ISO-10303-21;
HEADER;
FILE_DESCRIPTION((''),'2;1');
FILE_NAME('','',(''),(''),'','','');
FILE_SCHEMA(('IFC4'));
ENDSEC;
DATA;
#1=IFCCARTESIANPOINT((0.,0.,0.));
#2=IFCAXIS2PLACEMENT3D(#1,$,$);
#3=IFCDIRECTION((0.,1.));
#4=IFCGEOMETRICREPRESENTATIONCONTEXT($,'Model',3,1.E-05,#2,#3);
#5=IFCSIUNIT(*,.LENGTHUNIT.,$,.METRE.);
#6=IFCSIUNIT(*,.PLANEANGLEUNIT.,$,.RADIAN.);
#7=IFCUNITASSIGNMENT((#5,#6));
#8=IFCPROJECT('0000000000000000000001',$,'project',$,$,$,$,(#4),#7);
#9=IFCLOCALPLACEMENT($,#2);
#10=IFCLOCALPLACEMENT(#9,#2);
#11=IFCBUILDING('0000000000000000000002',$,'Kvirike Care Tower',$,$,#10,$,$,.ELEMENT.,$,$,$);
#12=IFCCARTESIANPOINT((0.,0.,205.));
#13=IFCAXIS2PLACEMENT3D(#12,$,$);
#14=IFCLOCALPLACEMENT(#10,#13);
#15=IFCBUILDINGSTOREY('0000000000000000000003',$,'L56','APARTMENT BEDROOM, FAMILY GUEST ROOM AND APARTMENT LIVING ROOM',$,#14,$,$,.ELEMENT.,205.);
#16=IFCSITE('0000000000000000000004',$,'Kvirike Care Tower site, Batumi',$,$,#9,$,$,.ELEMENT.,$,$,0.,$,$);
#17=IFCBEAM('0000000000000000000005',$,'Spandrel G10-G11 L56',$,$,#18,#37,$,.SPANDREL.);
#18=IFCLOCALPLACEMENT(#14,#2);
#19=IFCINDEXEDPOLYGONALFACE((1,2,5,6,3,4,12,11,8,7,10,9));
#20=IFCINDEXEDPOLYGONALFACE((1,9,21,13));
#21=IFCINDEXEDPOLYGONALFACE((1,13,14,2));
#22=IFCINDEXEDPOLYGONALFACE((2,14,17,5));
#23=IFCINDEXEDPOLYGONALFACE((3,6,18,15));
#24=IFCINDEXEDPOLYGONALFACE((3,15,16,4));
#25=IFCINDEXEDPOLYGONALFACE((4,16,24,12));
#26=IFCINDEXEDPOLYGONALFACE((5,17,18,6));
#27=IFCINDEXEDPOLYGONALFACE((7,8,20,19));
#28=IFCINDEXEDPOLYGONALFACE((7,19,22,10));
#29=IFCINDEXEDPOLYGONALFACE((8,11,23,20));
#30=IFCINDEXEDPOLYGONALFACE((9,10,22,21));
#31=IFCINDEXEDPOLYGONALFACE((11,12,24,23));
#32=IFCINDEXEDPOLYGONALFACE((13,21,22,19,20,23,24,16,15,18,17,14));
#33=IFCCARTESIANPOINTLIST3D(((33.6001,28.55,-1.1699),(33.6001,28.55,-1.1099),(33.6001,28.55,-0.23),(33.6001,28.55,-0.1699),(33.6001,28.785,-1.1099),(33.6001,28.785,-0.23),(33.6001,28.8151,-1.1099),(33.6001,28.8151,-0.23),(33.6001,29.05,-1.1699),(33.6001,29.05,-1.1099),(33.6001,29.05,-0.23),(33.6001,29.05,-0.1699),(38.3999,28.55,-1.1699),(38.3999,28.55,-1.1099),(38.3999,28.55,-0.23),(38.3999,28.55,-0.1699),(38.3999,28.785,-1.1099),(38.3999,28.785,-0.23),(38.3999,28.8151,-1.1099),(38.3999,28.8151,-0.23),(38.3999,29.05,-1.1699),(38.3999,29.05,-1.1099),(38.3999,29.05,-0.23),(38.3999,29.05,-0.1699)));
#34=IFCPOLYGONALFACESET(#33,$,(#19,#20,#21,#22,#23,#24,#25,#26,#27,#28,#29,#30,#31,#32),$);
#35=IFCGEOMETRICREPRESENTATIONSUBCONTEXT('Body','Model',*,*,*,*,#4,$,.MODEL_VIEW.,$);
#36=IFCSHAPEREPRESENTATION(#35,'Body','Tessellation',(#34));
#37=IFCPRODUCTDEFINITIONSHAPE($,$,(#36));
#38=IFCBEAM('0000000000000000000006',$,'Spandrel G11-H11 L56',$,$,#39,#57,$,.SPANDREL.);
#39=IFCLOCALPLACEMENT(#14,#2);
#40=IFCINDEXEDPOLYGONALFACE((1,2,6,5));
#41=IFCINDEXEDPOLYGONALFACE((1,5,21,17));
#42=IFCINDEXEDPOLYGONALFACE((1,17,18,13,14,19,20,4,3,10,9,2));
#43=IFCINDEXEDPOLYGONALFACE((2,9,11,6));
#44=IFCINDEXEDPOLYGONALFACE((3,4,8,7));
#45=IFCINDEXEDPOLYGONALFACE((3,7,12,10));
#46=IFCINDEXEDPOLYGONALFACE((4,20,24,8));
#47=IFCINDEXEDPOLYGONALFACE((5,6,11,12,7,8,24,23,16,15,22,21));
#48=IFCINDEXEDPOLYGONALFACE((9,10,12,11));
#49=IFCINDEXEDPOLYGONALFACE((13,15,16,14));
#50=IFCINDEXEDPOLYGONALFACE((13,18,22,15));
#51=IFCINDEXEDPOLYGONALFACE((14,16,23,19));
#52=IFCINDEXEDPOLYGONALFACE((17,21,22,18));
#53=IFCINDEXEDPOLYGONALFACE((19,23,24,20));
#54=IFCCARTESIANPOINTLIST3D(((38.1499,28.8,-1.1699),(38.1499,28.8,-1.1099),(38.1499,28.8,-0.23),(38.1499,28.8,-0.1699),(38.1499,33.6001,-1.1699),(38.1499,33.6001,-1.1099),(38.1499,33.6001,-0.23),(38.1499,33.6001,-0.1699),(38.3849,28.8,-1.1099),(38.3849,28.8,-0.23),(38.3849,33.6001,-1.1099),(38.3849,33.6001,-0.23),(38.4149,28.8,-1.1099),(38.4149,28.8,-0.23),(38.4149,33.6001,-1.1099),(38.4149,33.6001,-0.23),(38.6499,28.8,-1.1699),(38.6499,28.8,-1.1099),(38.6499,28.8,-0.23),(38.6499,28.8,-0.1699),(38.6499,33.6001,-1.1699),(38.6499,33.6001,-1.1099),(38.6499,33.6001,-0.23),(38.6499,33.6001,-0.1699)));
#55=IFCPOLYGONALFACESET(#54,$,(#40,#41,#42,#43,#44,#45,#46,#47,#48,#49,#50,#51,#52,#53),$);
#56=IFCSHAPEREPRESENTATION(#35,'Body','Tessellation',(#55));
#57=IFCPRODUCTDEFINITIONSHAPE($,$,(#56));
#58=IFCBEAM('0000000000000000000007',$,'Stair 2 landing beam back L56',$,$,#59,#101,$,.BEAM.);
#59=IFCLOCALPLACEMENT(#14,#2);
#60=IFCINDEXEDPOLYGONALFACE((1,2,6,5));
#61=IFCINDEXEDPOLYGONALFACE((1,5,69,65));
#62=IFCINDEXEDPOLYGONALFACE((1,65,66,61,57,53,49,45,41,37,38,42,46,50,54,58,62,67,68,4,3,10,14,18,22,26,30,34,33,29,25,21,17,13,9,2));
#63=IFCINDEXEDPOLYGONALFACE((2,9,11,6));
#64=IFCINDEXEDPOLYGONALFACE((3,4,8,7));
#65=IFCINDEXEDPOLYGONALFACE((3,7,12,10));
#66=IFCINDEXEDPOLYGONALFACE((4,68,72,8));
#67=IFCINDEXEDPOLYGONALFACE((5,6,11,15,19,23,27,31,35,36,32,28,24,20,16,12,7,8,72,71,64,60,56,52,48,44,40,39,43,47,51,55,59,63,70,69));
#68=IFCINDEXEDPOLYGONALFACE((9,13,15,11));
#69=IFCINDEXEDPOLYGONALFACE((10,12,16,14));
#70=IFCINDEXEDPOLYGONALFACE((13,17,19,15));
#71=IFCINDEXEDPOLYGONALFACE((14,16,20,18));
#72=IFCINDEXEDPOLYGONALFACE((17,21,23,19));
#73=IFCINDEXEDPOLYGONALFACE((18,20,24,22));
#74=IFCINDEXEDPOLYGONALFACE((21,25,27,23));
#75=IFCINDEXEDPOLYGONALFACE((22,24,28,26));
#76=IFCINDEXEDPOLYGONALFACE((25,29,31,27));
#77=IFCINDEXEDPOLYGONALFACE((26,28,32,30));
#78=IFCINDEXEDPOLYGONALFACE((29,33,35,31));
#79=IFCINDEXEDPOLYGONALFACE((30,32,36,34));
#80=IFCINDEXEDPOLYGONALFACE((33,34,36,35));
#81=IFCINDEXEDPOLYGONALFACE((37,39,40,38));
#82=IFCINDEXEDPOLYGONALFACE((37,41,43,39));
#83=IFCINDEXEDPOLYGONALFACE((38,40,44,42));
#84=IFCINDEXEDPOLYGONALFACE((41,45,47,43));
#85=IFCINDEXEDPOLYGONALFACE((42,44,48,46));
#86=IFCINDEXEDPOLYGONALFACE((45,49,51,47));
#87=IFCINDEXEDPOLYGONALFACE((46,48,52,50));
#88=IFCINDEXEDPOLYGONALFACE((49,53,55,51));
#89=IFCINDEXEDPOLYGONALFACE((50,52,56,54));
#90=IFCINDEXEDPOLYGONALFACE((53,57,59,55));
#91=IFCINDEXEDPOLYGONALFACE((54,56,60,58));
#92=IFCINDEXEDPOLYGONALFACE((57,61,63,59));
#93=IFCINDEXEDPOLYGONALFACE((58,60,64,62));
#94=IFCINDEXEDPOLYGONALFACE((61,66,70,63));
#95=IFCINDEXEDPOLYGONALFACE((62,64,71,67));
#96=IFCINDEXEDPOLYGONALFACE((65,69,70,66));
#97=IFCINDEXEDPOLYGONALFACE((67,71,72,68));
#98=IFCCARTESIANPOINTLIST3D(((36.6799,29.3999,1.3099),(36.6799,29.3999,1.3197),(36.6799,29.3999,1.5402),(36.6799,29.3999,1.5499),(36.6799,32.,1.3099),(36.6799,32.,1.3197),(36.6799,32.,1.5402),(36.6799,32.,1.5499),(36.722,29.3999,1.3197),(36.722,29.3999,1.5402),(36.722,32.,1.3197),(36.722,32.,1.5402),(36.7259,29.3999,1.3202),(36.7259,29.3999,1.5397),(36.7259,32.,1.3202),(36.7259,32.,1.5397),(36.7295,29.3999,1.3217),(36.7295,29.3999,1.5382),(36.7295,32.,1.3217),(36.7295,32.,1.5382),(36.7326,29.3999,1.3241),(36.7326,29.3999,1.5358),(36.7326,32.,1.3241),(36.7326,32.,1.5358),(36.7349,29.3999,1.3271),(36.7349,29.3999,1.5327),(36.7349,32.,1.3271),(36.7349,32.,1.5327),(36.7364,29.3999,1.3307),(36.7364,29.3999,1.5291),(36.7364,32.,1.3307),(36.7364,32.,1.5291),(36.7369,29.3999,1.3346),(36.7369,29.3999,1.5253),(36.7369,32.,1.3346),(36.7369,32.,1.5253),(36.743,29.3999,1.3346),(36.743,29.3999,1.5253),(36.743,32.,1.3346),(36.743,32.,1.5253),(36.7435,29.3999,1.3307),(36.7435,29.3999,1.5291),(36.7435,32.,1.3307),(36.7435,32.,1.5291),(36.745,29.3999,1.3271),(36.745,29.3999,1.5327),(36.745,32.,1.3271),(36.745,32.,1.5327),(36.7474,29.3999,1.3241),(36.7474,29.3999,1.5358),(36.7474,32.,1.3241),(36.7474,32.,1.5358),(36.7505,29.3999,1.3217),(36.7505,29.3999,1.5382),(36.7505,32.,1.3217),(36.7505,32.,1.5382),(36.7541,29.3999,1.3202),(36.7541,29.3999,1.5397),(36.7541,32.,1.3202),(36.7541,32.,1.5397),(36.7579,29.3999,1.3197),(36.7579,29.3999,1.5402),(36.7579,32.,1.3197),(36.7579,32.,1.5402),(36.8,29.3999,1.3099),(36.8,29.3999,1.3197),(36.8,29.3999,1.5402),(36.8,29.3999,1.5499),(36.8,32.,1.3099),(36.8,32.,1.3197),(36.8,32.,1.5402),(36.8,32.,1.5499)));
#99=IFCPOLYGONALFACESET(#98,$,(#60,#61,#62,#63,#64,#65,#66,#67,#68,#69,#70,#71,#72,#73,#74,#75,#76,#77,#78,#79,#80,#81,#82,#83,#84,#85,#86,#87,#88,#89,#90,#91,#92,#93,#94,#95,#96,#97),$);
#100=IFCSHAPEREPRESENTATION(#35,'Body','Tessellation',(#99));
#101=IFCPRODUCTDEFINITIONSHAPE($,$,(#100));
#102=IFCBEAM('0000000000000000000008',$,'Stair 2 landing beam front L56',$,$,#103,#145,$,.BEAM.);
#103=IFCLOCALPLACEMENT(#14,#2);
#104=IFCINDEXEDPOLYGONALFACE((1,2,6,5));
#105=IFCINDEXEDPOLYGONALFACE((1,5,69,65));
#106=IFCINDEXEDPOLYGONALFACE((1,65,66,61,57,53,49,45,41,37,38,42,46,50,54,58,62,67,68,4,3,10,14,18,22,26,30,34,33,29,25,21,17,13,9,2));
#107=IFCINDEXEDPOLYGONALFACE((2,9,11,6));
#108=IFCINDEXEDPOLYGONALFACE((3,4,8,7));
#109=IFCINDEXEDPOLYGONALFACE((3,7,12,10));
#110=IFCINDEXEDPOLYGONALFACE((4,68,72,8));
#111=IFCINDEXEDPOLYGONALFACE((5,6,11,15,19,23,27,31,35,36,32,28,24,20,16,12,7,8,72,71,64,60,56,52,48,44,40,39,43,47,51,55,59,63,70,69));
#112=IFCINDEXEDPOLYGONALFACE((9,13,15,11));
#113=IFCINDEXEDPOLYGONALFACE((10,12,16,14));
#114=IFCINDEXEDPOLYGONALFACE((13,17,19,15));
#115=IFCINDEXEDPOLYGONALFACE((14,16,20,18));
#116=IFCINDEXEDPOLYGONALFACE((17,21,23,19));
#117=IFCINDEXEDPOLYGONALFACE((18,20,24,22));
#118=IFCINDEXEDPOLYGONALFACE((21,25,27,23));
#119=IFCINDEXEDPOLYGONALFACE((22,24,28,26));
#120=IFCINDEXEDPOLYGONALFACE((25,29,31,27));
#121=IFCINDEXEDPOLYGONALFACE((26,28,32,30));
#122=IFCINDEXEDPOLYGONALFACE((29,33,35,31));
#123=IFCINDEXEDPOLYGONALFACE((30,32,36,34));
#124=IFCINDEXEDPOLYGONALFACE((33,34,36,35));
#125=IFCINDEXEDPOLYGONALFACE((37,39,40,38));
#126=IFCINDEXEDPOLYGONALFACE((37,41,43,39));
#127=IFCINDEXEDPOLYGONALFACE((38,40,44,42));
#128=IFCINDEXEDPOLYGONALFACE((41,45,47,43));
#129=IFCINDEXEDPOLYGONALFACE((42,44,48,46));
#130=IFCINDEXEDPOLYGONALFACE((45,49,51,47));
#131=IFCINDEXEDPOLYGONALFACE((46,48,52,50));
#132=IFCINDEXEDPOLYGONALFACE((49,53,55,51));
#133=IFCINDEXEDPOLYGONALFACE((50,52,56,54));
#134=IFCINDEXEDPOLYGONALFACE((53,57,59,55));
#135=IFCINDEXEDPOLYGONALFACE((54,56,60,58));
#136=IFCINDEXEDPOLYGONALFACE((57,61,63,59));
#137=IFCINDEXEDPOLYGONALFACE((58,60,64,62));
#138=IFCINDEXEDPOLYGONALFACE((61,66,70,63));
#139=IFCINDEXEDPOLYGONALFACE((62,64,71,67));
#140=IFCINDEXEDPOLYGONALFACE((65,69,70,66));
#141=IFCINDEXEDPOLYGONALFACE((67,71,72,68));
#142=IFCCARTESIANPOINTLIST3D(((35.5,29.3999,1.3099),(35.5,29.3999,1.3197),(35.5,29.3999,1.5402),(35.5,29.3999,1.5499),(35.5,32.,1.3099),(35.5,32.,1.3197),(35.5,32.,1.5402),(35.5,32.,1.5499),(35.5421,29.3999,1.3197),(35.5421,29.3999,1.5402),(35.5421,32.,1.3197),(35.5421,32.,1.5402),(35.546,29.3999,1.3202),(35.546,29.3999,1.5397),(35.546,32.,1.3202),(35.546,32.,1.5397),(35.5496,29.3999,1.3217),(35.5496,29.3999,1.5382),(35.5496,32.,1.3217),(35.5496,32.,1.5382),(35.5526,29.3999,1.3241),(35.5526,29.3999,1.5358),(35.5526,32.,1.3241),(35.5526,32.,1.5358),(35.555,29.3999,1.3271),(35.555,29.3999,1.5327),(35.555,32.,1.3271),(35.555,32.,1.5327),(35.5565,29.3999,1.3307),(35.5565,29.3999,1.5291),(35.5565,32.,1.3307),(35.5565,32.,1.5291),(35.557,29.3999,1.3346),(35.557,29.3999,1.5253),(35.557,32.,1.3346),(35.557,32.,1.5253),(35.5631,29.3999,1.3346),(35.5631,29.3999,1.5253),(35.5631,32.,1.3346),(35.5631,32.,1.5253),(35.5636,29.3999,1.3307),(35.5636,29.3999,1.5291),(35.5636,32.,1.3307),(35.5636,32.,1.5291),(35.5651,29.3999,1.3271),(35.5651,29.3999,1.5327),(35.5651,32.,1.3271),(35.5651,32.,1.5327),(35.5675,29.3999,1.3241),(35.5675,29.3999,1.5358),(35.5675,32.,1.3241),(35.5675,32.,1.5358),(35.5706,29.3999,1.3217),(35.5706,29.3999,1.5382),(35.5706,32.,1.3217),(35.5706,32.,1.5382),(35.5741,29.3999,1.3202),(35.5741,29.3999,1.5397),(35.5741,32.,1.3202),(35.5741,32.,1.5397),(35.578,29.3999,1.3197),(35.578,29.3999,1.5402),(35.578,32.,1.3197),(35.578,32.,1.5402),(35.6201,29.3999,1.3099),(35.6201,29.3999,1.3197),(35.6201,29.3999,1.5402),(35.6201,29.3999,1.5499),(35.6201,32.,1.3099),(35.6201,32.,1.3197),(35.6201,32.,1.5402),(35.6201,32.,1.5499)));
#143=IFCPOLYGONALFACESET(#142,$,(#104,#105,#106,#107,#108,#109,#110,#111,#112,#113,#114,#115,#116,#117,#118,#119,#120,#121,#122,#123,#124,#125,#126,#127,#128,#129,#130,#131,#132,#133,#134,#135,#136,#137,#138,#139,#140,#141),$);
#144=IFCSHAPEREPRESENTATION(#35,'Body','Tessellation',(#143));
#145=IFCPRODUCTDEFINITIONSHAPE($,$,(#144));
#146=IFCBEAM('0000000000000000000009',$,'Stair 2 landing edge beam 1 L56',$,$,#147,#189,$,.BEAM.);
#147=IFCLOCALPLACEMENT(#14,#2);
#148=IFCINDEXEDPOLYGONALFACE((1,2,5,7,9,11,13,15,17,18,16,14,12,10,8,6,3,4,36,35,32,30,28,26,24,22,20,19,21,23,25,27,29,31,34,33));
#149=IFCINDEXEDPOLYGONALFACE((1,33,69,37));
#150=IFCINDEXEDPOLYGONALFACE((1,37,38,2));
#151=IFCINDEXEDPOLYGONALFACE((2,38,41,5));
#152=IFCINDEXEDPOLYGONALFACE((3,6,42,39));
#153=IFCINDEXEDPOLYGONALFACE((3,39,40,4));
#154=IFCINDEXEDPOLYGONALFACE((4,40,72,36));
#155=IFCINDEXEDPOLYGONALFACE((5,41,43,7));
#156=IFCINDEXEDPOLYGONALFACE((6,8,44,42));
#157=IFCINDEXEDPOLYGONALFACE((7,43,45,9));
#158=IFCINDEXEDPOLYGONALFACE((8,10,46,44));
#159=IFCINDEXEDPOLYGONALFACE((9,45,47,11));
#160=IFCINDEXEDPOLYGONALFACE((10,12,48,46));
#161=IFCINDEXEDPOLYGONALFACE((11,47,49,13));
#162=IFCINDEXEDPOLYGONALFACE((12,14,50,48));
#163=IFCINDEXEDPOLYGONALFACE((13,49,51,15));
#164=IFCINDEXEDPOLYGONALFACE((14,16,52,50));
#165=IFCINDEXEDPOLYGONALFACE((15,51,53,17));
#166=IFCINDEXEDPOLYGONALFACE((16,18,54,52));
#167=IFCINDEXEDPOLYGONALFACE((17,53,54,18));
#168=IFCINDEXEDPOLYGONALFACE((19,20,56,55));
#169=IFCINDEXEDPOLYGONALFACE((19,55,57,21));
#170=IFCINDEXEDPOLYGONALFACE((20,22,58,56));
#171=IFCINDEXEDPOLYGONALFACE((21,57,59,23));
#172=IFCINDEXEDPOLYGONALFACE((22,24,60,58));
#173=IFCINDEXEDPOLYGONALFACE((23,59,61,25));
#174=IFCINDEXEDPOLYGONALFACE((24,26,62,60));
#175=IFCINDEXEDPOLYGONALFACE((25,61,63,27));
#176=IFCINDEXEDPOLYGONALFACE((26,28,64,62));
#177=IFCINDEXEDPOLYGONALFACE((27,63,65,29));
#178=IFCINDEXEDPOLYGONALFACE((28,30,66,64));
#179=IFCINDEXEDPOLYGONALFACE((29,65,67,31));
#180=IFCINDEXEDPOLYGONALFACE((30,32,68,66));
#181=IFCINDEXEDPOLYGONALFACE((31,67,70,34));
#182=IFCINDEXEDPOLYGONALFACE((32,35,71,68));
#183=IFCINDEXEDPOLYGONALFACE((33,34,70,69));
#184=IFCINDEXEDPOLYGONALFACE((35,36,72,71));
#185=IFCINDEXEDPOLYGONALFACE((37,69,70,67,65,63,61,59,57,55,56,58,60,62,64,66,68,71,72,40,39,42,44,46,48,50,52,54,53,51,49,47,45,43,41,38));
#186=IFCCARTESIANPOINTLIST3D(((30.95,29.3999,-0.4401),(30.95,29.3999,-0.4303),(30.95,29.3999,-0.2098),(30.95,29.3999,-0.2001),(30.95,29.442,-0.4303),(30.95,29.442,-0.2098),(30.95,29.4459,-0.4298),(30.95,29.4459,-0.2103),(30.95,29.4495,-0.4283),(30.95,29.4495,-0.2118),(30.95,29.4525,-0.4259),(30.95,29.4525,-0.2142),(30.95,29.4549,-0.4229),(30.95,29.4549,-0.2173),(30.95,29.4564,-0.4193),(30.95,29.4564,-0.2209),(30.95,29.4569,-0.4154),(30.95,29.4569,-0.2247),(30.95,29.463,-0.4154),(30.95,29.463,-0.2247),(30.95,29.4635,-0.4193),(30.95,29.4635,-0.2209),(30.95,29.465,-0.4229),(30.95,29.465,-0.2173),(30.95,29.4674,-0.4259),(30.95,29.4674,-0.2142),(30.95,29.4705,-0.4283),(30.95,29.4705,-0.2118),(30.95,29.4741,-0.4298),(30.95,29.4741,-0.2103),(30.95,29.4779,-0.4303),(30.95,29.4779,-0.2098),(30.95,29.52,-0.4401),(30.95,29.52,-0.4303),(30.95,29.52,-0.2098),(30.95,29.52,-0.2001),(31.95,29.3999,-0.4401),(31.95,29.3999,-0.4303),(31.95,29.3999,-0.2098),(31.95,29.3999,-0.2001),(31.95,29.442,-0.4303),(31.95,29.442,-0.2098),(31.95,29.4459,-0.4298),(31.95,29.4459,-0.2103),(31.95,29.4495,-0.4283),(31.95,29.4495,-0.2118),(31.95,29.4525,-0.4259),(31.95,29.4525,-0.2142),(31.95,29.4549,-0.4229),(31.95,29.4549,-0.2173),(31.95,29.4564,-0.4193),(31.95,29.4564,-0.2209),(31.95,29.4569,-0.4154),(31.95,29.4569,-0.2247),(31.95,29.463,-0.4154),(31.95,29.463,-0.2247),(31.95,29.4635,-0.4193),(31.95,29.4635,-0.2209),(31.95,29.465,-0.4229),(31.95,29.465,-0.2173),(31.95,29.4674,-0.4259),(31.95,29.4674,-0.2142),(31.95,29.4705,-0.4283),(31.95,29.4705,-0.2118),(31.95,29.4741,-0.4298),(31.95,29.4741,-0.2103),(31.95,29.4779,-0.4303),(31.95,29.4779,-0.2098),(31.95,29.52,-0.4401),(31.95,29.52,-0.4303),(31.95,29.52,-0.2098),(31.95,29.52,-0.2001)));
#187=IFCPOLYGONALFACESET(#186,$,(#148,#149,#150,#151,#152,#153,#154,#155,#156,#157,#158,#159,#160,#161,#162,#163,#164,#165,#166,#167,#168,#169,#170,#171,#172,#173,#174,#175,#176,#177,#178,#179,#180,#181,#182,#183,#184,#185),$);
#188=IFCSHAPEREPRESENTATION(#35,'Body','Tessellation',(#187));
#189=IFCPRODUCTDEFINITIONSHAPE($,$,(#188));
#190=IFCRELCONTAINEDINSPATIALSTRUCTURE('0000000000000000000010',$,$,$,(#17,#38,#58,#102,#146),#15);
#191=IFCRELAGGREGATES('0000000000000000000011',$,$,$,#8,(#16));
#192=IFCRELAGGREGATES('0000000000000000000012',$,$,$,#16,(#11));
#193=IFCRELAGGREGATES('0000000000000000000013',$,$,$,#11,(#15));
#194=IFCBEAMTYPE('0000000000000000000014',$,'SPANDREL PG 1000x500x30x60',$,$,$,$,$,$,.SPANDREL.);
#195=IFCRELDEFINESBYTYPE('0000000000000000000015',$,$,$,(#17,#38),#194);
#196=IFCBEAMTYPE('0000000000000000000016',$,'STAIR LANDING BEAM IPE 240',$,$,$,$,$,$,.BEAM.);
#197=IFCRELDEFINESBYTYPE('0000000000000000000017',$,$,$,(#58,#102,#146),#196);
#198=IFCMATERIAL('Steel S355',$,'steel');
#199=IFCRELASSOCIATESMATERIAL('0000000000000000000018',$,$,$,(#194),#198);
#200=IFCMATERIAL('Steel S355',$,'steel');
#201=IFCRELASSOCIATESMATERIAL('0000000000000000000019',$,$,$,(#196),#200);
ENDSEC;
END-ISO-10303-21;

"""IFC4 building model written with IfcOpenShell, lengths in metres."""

from ifc_helpers import new_model, si_unit, direction, frame, origin, origin_2d, place, context, subcontext, project, spatial, i_section, extrude, material, material_profile, profile_set, type_object, element, save


model = new_model("IFC4")

# Units and contexts
model_context = context("Model", 3, precision=1e-05, world=origin(), true_north=direction((0.0, 1.0)))
body_context = subcontext(model_context, "Body", "Model", "MODEL_VIEW")
ifc_project = project(units=[si_unit("LENGTHUNIT", "METRE"), si_unit("PLANEANGLEUNIT", "RADIAN")], contexts=[model_context])

# Site, building, storey
site_placement = place(None, origin())
site = spatial("IfcSite", under=ifc_project, at=site_placement, Name="Kvirike Care Tower site, Batumi", CompositionType="ELEMENT", RefElevation=0.0)
building_placement = place(site_placement, origin())
building = spatial("IfcBuilding", under=site, at=building_placement, Name="Kvirike Care Tower", CompositionType="ELEMENT")
storey_placement = place(building_placement, frame((0.0, 0.0, 205.0)))
storey = spatial("IfcBuildingStorey", under=building, at=storey_placement, Name="L56", Description="APARTMENT BEDROOM, FAMILY GUEST ROOM AND APARTMENT LIVING ROOM", CompositionType="ELEMENT", Elevation=205.0)

# Beams
ifc_material_1 = material(Name="Steel S355", Category="steel")
ifc_material_profile_1 = material_profile(ifc_material_1, i_section(OverallWidth=0.5, OverallDepth=1.0, WebThickness=0.03, FlangeThickness=0.0601, at=origin_2d()), Name="PG 1000x500x30x60")
ifc_profile_set_1 = profile_set([ifc_material_profile_1], Name="Steel S355")
beam_type_1 = type_object("IfcBeamType", Name="SPANDREL PG 1000x500x30x60", PredefinedType="SPANDREL", material=ifc_profile_set_1)
beam_1_placement = place(storey_placement, frame((33.6001, 28.8, -0.6699), z_axis=(1.0, 0.0, 0.0), x_axis=(0.0, 1.0, 0.0)))
element("IfcBeam", 1, at=beam_1_placement, inside=storey, type_object=beam_type_1, Name="Spandrel G10-G11 L56", PredefinedType="SPANDREL", context=body_context, shape_type="SweptSolid", body=[
    extrude(i_section(OverallWidth=0.5, OverallDepth=1.0, WebThickness=0.03, FlangeThickness=0.0601, at=origin_2d()), origin(), (0.0, 0.0, 1.0), 4.7998),
])
beam_2_placement = place(storey_placement, frame((38.3999, 28.8, -0.6699), z_axis=(0.0, 1.0, 0.0), x_axis=(-1.0, 0.0, 0.0)))
element("IfcBeam", 2, at=beam_2_placement, inside=storey, type_object=beam_type_1, Name="Spandrel G11-H11 L56", PredefinedType="SPANDREL", context=body_context, shape_type="SweptSolid", body=[
    extrude(i_section(OverallWidth=0.5, OverallDepth=1.0, WebThickness=0.03, FlangeThickness=0.0601, at=origin_2d()), origin(), (0.0, 0.0, 1.0), 4.8),
])
ifc_material_2 = material(Name="Steel S355", Category="steel")
ifc_material_profile_2 = material_profile(ifc_material_2, i_section(OverallWidth=0.1201, OverallDepth=0.24, WebThickness=0.0061, FlangeThickness=0.0098, FilletRadius=0.0149, at=origin_2d()), Name="IPE 240")
ifc_profile_set_2 = profile_set([ifc_material_profile_2], Name="Steel S355")
beam_type_2 = type_object("IfcBeamType", Name="STAIR LANDING BEAM IPE 240", PredefinedType="BEAM", material=ifc_profile_set_2)
for number, where, z_axis, x_axis, name in (
    (3, (36.74, 29.3999, 1.4299), (0.0, 1.0, 0.0), (-1.0, 0.0, 0.0), "Stair 2 landing beam back L56"),
    (4, (35.5601, 29.3999, 1.4299), (0.0, 1.0, 0.0), (-1.0, 0.0, 0.0), "Stair 2 landing beam front L56"),
):
    element("IfcBeam", number, at=place(storey_placement, frame(where, z_axis=z_axis, x_axis=x_axis)), inside=storey, type_object=beam_type_2, Name=name, PredefinedType="BEAM", context=body_context, shape_type="SweptSolid", body=[
        extrude(i_section(OverallWidth=0.1201, OverallDepth=0.24, WebThickness=0.0061, FlangeThickness=0.0098, FilletRadius=0.0149, at=origin_2d()), origin(), (0.0, 0.0, 1.0), 2.6001),
    ])
beam_3_placement = place(storey_placement, frame((31.95, 29.46, -0.3201), z_axis=(-1.0, 0.0, 0.0), x_axis=(0.0, -1.0, 0.0)))
element("IfcBeam", 5, at=beam_3_placement, inside=storey, type_object=beam_type_2, Name="Stair 2 landing edge beam 1 L56", PredefinedType="BEAM", context=body_context, shape_type="SweptSolid", body=[
    extrude(i_section(OverallWidth=0.1201, OverallDepth=0.24, WebThickness=0.0061, FlangeThickness=0.0098, FilletRadius=0.0149, at=origin_2d()), origin(), (0.0, 0.0, 1.0), 1.0),
])

save(model, "model.ifc")
